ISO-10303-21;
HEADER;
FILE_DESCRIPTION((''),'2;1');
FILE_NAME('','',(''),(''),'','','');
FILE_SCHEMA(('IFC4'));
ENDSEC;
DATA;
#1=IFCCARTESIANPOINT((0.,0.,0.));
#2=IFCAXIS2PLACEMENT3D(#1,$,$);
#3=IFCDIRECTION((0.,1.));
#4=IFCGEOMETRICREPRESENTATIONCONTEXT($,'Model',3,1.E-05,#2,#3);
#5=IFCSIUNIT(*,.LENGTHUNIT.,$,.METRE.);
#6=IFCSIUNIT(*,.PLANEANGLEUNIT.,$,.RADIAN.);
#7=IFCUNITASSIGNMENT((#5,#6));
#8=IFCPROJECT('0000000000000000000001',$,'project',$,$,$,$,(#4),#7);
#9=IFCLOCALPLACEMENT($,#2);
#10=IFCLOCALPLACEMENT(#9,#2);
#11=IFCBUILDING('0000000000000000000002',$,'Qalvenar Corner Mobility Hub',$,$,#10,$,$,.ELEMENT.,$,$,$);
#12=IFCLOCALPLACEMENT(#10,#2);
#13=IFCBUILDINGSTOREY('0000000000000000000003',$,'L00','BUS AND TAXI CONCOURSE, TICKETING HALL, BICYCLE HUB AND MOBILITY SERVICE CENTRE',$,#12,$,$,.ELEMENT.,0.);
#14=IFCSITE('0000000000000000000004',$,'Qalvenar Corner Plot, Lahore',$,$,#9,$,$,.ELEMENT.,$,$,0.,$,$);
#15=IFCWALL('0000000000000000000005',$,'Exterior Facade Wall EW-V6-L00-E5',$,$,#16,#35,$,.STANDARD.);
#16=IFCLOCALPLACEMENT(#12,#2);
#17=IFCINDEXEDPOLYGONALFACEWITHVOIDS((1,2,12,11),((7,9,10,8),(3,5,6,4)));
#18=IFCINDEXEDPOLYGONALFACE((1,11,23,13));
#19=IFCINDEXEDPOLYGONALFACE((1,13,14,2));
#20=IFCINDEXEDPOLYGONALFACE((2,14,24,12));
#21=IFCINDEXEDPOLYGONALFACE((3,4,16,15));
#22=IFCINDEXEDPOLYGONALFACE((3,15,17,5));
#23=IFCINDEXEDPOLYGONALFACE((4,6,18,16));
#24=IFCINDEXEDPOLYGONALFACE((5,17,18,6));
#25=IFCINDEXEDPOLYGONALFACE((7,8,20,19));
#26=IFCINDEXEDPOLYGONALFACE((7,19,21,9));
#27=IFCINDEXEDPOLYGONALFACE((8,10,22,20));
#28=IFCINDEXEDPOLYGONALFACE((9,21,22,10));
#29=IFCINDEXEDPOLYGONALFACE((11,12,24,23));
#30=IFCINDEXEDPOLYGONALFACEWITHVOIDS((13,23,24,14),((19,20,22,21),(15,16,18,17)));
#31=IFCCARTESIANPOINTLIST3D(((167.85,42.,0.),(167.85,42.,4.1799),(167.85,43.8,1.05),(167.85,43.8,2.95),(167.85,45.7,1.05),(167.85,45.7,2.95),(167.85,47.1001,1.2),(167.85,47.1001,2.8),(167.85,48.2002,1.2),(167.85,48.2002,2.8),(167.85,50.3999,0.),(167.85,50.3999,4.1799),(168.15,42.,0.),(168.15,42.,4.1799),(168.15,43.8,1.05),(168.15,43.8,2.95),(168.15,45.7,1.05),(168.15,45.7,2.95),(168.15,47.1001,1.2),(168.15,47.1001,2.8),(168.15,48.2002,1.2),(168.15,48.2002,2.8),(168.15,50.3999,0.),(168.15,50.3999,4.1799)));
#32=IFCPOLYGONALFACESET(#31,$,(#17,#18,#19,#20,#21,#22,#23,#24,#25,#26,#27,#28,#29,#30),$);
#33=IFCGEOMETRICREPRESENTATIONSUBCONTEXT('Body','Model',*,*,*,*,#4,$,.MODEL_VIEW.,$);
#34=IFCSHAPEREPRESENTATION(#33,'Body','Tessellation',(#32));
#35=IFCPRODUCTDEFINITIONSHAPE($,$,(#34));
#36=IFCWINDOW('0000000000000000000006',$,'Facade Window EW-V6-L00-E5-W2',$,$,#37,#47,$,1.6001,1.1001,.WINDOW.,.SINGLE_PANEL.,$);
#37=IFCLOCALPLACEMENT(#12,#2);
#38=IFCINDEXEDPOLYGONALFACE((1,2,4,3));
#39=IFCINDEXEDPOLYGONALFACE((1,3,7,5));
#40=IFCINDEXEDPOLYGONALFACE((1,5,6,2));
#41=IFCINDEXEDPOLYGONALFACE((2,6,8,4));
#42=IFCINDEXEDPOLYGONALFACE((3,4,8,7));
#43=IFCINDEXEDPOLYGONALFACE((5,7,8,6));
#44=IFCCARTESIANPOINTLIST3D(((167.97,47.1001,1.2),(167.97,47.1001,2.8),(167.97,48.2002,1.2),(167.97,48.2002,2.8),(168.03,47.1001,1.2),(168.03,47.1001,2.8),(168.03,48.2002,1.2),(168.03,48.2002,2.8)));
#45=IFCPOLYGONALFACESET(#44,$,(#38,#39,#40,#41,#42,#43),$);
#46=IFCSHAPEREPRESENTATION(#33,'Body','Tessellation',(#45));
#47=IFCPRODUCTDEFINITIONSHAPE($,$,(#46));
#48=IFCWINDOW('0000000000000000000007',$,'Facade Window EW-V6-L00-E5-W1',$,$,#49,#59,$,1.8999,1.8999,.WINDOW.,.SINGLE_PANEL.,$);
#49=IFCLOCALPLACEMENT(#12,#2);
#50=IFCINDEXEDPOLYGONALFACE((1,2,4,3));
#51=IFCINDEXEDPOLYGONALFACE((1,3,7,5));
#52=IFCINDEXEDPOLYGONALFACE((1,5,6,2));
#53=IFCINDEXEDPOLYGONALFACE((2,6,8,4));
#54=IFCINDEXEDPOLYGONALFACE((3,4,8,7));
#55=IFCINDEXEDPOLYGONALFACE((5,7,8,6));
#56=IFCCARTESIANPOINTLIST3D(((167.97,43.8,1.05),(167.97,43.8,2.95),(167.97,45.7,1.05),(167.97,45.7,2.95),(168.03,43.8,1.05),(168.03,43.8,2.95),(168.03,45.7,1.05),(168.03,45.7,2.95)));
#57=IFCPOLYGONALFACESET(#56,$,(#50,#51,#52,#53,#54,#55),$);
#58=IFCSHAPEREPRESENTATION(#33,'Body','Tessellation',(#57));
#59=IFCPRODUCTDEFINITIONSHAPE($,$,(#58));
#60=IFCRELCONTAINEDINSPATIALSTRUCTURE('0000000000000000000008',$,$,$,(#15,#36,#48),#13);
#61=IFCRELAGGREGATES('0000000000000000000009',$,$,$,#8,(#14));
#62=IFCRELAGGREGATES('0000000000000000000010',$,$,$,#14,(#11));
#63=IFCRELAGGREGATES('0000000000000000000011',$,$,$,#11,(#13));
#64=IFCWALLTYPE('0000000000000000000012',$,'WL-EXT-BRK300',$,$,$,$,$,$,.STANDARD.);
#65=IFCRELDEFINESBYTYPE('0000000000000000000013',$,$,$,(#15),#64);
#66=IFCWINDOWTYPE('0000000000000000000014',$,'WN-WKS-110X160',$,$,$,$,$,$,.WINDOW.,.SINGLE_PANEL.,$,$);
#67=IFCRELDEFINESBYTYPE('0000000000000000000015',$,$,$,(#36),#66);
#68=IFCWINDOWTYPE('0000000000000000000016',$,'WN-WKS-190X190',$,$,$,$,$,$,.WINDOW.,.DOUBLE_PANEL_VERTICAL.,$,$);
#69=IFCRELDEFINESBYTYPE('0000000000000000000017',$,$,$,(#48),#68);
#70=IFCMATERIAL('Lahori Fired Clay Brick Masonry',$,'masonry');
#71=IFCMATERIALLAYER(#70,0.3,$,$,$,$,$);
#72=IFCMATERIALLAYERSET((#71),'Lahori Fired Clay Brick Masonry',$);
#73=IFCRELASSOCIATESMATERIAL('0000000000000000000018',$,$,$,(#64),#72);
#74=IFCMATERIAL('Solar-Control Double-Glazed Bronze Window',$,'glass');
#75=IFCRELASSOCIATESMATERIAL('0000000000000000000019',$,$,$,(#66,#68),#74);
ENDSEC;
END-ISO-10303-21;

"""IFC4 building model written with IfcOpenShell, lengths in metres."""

from ifc_helpers import new_model, si_unit, direction, frame, frame_2d, origin, place, context, subcontext, project, spatial, rectangle, extrude, material, layer, layer_set, type_object, element, fill, save


model = new_model("IFC4")

# Units and contexts
model_context = context("Model", 3, precision=1e-05, world=origin(), true_north=direction((0.0, 1.0)))
body_context = subcontext(model_context, "Body", "Model", "MODEL_VIEW")
ifc_project = project(units=[si_unit("LENGTHUNIT", "METRE"), si_unit("PLANEANGLEUNIT", "RADIAN")], contexts=[model_context])

# Site, building, storey
site_placement = place(None, origin())
site = spatial("IfcSite", under=ifc_project, at=site_placement, Name="Qalvenar Corner Plot, Lahore", CompositionType="ELEMENT", RefElevation=0.0)
building_placement = place(site_placement, origin())
building = spatial("IfcBuilding", under=site, at=building_placement, Name="Qalvenar Corner Mobility Hub", CompositionType="ELEMENT")
storey_placement = place(building_placement, origin())
storey = spatial("IfcBuildingStorey", under=building, at=storey_placement, Name="L00", Description="BUS AND TAXI CONCOURSE, TICKETING HALL, BICYCLE HUB AND MOBILITY SERVICE CENTRE", CompositionType="ELEMENT", Elevation=0.0)

# Wall, openings, windows
ifc_material_1 = material(Name="Lahori Fired Clay Brick Masonry", Category="masonry")
ifc_layer_1 = layer(ifc_material_1, 0.3)
ifc_layer_set_1 = layer_set([ifc_layer_1], Name="Lahori Fired Clay Brick Masonry")
wall_type = type_object("IfcWallType", Name="WL-EXT-BRK300", PredefinedType="STANDARD", material=ifc_layer_set_1)
wall_placement = place(storey_placement, frame((168.0, 42.0, 0.0), z_axis=(0.0, 0.0, 1.0), x_axis=(0.0, 1.0, 0.0)))
wall = element("IfcWall", 1, at=wall_placement, inside=storey, type_object=wall_type, Name="Exterior Facade Wall EW-V6-L00-E5", PredefinedType="STANDARD", context=body_context, shape_type="SweptSolid", body=[
    extrude(rectangle(XDim=8.3999, YDim=0.3, at=frame_2d((4.2, 0.0))), origin(), (0.0, 0.0, 1.0), 4.1799),
])
opening_1_placement = place(wall_placement, frame((1.8, 0.0, 1.05)))
opening_1 = element("IfcOpeningElement", 2, at=opening_1_placement, cuts=wall, PredefinedType="OPENING", context=body_context, shape_type="SweptSolid", body=[
    extrude(rectangle(XDim=1.8999, YDim=1.8999, at=frame_2d((0.95, 0.95))), frame((0.0, 0.1602, 0.0), z_axis=(0.0, -1.0, 0.0), x_axis=(1.0, 0.0, 0.0)), (0.0, 0.0, 1.0), 0.3201),
])
opening_2_placement = place(wall_placement, frame((5.1001, 0.0, 1.2)))
opening_2 = element("IfcOpeningElement", 3, at=opening_2_placement, cuts=wall, PredefinedType="OPENING", context=body_context, shape_type="SweptSolid", body=[
    extrude(rectangle(XDim=1.1001, YDim=1.6001, at=frame_2d((0.55, 0.8))), frame((0.0, 0.1602, 0.0), z_axis=(0.0, -1.0, 0.0), x_axis=(1.0, 0.0, 0.0)), (0.0, 0.0, 1.0), 0.3201),
])
ifc_material_2 = material(Name="Solar-Control Double-Glazed Bronze Window", Category="glass")
window_type_1 = type_object("IfcWindowType", Name="WN-WKS-110X160", PartitioningType="SINGLE_PANEL", PredefinedType="WINDOW", material=ifc_material_2)
window_1_placement = place(opening_2_placement, origin())
window_1 = element("IfcWindow", 4, at=window_1_placement, inside=storey, type_object=window_type_1, Name="Facade Window EW-V6-L00-E5-W2", OverallHeight=1.6001, OverallWidth=1.1001, PartitioningType="SINGLE_PANEL", PredefinedType="WINDOW", context=body_context, shape_type="SweptSolid", body=[
    extrude(rectangle(XDim=1.1001, YDim=1.6001, at=frame_2d((0.55, 0.8))), frame((0.0, 0.03, 0.0), z_axis=(0.0, -1.0, 0.0), x_axis=(1.0, 0.0, 0.0)), (0.0, 0.0, 1.0), 0.0601),
])
fill(opening_2, window_1)
window_type_2 = type_object("IfcWindowType", Name="WN-WKS-190X190", PartitioningType="DOUBLE_PANEL_VERTICAL", PredefinedType="WINDOW", material=ifc_material_2)
window_2_placement = place(opening_1_placement, origin())
window_2 = element("IfcWindow", 5, at=window_2_placement, inside=storey, type_object=window_type_2, Name="Facade Window EW-V6-L00-E5-W1", OverallHeight=1.8999, OverallWidth=1.8999, PartitioningType="SINGLE_PANEL", PredefinedType="WINDOW", context=body_context, shape_type="SweptSolid", body=[
    extrude(rectangle(XDim=1.8999, YDim=1.8999, at=frame_2d((0.95, 0.95))), frame((0.0, 0.03, 0.0), z_axis=(0.0, -1.0, 0.0), x_axis=(1.0, 0.0, 0.0)), (0.0, 0.0, 1.0), 0.0601),
])
fill(opening_1, window_2)

save(model, "model.ifc")
